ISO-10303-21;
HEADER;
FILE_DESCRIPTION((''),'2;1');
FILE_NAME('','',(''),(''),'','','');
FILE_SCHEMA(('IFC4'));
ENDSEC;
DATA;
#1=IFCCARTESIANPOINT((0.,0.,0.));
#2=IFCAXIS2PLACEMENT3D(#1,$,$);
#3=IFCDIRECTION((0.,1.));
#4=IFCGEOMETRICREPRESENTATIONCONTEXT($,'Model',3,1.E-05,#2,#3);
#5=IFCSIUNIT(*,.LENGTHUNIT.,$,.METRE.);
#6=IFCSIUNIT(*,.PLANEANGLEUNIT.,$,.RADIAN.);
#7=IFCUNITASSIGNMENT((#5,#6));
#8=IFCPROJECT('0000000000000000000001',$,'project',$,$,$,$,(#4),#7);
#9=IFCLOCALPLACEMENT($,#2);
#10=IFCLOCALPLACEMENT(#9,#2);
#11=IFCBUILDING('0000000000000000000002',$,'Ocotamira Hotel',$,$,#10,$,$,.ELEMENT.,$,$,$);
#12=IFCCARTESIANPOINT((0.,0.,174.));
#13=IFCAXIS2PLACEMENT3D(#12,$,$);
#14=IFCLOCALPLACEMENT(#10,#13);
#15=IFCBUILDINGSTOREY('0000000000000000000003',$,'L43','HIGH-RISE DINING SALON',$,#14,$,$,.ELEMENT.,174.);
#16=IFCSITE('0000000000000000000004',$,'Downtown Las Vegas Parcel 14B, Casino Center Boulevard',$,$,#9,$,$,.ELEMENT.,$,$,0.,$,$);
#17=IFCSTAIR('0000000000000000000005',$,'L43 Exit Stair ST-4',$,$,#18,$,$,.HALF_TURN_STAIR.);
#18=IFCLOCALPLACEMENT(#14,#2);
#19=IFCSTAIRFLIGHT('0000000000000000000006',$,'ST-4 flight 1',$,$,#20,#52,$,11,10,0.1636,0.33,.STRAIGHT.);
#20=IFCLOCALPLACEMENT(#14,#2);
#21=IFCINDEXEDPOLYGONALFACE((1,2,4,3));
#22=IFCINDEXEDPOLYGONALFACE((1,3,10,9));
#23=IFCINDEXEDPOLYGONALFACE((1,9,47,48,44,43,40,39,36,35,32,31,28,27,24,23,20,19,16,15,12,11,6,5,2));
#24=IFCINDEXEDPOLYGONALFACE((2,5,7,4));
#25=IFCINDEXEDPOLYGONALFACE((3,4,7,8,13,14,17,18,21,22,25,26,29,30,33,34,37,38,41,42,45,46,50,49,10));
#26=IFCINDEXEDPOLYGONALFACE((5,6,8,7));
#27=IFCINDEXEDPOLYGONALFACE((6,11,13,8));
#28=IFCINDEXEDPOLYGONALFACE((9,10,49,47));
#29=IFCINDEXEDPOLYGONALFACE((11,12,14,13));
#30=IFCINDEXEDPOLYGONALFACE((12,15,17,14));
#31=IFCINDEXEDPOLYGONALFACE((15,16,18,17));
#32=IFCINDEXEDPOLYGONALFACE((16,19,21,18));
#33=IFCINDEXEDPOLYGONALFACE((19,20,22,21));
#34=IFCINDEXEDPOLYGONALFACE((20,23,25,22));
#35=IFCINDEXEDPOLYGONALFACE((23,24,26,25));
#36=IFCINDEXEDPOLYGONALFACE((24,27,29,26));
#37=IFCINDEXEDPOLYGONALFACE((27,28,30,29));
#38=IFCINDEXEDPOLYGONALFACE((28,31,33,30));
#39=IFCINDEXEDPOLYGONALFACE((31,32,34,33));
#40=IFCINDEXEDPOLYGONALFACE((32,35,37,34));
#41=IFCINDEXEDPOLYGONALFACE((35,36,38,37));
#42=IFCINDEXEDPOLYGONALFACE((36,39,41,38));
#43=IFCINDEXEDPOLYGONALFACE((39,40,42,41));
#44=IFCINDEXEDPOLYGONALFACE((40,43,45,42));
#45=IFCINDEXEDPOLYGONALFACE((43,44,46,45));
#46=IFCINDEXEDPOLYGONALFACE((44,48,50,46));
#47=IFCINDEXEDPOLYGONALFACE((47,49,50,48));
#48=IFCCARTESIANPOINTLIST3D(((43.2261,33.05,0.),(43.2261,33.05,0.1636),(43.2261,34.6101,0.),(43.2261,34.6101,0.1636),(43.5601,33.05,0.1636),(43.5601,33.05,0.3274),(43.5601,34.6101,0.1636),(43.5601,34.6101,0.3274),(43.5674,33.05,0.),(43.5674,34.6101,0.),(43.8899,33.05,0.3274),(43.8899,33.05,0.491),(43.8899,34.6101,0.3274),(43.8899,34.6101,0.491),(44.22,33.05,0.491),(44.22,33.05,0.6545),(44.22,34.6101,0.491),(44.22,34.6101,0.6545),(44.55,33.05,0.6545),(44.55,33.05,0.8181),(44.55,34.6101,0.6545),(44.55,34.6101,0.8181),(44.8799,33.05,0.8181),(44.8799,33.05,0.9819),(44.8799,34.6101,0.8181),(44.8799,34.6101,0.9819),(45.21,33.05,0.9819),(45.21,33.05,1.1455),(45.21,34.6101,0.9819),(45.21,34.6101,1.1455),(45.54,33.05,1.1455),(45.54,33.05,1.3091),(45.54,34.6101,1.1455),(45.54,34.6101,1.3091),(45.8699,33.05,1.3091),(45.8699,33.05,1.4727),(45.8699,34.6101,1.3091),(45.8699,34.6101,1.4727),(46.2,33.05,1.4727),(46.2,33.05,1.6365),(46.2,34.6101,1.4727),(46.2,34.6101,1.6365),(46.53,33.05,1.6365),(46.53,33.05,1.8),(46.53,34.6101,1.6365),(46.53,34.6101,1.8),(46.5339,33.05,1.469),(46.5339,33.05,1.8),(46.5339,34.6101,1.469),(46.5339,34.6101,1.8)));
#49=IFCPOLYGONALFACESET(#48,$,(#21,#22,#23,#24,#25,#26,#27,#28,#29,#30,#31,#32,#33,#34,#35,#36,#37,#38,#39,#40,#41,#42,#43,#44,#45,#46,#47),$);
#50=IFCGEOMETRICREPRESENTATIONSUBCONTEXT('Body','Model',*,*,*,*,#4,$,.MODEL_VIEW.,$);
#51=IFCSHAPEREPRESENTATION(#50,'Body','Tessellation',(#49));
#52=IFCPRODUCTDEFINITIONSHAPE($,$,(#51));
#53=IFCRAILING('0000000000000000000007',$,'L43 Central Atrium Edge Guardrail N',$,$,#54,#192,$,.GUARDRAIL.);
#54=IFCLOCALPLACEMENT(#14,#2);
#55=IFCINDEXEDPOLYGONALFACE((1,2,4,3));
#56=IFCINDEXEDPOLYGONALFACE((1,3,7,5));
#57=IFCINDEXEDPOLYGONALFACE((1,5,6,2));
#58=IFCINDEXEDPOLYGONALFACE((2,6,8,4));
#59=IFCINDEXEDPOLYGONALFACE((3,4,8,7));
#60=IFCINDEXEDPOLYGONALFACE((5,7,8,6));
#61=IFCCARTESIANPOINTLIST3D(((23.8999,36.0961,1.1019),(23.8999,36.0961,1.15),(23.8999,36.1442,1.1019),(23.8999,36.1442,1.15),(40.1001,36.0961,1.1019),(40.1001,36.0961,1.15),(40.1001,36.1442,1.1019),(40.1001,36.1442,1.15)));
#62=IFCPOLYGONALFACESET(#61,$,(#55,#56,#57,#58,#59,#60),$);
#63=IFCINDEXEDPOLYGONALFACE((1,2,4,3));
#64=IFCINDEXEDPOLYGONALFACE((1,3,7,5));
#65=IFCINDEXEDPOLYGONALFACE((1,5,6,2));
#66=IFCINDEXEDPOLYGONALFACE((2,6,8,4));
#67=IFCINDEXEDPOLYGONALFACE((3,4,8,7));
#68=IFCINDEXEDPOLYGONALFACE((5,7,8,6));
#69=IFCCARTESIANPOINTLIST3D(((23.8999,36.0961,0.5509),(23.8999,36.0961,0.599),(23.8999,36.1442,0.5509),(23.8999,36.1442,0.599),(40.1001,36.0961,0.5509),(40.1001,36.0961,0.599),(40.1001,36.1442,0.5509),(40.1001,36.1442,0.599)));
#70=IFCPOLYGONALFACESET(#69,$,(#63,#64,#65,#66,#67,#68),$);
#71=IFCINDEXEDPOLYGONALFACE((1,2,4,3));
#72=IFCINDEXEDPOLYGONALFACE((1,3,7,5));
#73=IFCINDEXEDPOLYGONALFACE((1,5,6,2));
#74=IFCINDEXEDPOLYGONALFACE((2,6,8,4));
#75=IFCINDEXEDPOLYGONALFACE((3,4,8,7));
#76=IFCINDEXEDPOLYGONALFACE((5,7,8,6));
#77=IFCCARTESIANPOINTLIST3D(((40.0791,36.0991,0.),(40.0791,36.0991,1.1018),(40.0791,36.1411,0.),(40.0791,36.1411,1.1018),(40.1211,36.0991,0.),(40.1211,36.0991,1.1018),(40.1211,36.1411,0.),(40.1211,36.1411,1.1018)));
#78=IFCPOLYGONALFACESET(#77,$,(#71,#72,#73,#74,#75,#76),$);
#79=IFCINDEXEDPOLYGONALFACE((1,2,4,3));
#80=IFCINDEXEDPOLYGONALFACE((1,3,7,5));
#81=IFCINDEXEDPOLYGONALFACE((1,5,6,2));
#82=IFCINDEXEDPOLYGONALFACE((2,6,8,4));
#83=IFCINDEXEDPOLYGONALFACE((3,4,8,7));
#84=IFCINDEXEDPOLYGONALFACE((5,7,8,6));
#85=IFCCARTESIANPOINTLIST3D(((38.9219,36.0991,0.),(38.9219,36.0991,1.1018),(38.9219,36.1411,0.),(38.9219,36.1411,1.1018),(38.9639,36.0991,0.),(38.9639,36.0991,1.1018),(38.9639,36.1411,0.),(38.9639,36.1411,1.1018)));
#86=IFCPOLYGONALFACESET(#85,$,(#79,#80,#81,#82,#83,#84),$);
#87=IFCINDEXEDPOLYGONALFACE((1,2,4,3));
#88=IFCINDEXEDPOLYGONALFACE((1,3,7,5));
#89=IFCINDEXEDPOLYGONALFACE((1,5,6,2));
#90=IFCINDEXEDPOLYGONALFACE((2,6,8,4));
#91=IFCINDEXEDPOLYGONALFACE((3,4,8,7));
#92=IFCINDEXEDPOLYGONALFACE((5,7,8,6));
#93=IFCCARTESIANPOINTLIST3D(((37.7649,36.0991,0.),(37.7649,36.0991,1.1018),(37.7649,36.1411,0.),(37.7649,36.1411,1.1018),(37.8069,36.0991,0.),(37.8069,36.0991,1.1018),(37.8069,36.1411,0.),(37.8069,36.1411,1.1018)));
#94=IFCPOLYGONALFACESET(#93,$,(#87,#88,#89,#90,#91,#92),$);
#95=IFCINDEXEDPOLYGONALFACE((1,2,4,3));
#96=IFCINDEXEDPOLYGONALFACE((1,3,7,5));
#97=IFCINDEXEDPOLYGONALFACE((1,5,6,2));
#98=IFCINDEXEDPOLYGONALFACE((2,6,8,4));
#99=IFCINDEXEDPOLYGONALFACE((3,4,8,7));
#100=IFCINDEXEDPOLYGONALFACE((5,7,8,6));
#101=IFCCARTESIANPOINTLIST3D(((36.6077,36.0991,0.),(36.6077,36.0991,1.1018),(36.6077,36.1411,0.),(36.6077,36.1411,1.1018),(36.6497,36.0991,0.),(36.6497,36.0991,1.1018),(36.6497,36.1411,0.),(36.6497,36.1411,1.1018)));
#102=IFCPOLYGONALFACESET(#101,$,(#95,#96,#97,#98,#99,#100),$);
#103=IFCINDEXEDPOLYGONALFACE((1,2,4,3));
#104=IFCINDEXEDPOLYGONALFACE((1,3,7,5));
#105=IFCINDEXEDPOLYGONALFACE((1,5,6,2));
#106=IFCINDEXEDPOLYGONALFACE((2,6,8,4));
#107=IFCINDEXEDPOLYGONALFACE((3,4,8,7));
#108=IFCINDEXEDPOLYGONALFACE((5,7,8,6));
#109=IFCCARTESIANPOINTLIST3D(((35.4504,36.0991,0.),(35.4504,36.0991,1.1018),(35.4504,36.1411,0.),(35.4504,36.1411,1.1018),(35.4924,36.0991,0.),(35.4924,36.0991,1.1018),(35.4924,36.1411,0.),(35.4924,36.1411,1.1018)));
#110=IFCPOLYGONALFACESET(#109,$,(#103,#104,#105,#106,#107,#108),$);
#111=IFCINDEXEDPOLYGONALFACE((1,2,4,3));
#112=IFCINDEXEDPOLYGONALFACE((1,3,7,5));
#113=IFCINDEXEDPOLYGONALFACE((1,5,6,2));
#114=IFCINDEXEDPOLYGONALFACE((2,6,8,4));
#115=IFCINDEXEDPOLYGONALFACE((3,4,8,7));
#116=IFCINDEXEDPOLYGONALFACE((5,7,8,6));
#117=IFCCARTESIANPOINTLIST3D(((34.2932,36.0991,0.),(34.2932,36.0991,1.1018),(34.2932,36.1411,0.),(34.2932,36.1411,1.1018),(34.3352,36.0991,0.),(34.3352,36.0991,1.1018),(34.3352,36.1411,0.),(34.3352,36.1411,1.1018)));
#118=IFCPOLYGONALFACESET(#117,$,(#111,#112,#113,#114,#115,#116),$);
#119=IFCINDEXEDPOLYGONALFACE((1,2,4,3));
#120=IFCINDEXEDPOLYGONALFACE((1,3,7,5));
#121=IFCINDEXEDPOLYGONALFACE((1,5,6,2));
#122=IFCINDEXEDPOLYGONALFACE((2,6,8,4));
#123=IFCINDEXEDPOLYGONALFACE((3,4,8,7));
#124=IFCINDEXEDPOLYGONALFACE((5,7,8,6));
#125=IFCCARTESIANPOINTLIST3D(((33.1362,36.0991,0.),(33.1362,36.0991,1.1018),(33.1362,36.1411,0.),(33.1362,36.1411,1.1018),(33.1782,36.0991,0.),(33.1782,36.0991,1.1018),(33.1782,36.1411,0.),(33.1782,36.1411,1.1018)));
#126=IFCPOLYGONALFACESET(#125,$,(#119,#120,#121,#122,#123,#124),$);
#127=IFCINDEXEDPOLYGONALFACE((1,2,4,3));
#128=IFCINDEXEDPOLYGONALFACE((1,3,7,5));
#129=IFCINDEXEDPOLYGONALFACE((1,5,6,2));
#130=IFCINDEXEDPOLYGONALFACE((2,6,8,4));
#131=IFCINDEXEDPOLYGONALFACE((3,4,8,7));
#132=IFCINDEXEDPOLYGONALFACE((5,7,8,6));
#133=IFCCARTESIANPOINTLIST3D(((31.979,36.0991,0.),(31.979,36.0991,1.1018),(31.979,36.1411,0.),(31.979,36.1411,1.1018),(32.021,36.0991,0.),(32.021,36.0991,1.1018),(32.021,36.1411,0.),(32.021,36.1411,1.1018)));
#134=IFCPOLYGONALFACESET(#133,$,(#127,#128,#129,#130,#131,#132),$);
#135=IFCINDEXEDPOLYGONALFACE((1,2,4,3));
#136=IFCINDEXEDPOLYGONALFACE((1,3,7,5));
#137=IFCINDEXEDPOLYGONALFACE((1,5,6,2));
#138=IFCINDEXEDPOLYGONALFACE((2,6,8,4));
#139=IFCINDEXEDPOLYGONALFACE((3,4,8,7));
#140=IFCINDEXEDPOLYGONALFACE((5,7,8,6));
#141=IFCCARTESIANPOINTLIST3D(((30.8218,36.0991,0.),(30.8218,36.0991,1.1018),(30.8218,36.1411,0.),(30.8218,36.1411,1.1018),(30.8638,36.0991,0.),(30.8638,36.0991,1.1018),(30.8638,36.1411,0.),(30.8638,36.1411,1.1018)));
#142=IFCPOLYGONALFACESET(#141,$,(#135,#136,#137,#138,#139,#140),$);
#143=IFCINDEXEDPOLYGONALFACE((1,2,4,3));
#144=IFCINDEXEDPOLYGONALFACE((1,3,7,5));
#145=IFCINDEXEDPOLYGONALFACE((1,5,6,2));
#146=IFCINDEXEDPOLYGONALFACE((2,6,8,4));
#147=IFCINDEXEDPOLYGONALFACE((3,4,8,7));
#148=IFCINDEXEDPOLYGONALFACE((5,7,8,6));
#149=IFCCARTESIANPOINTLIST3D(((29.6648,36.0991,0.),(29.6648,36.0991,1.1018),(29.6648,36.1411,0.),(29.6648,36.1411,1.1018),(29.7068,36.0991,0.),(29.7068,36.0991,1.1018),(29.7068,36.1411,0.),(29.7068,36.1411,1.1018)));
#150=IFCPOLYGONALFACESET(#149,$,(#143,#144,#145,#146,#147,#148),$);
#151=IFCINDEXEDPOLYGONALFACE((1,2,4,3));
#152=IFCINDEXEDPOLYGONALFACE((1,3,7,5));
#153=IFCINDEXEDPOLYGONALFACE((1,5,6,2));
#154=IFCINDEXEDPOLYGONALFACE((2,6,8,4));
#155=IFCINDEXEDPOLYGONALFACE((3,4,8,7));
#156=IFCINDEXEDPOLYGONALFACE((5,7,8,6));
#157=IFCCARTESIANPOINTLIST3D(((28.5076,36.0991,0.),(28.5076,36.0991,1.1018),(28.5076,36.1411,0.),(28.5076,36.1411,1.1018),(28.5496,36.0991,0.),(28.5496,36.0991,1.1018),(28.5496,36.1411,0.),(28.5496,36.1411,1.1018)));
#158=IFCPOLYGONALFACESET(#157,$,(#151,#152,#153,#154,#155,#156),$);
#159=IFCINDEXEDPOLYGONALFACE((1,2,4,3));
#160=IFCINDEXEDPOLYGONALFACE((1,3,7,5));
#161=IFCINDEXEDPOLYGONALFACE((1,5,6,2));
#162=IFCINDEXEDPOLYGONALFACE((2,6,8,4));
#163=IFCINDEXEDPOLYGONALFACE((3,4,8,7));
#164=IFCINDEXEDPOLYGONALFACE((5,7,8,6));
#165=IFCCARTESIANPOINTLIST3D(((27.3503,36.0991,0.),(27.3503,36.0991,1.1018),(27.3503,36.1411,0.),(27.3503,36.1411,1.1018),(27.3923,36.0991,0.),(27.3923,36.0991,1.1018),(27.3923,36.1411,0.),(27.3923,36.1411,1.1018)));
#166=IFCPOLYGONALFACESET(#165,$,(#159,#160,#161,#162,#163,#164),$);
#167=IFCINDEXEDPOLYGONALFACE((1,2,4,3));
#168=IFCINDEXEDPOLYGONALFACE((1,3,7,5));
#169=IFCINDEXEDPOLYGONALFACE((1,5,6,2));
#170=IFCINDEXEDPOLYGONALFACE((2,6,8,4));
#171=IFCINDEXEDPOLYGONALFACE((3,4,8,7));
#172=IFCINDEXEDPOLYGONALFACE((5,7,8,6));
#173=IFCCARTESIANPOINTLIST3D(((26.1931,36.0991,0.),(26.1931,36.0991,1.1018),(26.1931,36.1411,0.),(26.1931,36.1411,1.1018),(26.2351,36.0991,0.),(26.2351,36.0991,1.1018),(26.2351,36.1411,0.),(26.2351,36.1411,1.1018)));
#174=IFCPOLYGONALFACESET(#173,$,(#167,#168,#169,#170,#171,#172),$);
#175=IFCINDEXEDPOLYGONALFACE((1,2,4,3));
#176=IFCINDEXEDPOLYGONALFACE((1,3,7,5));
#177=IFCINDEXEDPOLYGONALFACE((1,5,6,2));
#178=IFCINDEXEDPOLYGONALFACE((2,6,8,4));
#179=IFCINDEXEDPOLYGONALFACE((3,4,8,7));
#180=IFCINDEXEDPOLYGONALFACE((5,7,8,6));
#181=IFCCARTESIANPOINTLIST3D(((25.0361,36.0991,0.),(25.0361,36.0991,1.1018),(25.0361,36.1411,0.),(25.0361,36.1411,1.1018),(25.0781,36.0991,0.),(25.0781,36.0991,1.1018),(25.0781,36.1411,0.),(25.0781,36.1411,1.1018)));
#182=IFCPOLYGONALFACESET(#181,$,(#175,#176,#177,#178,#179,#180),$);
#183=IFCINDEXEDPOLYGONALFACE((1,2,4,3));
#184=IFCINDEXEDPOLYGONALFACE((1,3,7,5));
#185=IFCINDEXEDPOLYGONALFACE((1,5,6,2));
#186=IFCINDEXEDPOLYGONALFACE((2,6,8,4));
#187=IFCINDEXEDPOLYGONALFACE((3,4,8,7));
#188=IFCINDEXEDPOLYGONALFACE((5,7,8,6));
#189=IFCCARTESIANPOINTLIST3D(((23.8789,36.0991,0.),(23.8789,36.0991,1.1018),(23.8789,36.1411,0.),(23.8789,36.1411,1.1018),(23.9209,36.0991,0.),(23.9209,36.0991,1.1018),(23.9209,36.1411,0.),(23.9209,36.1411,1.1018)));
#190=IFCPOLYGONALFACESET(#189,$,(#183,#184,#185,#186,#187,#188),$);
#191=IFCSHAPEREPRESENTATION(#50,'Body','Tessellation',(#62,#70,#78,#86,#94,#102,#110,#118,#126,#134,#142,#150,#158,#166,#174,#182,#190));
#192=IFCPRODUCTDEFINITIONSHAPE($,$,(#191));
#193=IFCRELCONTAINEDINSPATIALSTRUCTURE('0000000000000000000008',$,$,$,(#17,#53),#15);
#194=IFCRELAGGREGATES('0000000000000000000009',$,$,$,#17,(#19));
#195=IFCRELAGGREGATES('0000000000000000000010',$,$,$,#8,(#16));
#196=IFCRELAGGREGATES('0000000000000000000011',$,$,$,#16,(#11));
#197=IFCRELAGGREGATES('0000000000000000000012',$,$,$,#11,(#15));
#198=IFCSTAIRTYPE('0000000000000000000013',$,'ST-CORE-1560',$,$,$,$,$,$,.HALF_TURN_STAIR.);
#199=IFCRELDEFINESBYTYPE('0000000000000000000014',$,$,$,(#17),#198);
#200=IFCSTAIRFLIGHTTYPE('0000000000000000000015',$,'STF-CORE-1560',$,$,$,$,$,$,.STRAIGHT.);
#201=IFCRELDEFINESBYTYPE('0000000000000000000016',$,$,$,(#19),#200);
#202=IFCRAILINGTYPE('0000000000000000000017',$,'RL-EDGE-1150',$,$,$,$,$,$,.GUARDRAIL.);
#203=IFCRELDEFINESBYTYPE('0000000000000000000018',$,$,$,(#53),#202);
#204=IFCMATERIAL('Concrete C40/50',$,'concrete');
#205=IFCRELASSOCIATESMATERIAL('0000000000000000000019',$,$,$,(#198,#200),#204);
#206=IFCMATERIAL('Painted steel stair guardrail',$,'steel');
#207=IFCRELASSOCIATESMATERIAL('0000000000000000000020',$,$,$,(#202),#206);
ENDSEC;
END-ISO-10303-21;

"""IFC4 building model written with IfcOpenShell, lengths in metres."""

from ifc_helpers import new_model, si_unit, direction, frame, origin, origin_2d, place, context, subcontext, project, spatial, polyline, rectangle, outline, extrude, source, transform, mapped, material, type_object, element, aggregate, save


model = new_model("IFC4")

# Units and contexts
model_context = context("Model", 3, precision=1e-05, world=origin(), true_north=direction((0.0, 1.0)))
body_context = subcontext(model_context, "Body", "Model", "MODEL_VIEW")
ifc_project = project(units=[si_unit("LENGTHUNIT", "METRE"), si_unit("PLANEANGLEUNIT", "RADIAN")], contexts=[model_context])

# Site, building, storey
site_placement = place(None, origin())
site = spatial("IfcSite", under=ifc_project, at=site_placement, Name="Downtown Las Vegas Parcel 14B, Casino Center Boulevard", CompositionType="ELEMENT", RefElevation=0.0)
building_placement = place(site_placement, origin())
building = spatial("IfcBuilding", under=site, at=building_placement, Name="Ocotamira Hotel", CompositionType="ELEMENT")
storey_placement = place(building_placement, frame((0.0, 0.0, 174.0)))
storey = spatial("IfcBuildingStorey", under=building, at=storey_placement, Name="L43", Description="HIGH-RISE DINING SALON", CompositionType="ELEMENT", Elevation=174.0)

# Stair, stair flight
ifc_material_1 = material(Name="Concrete C40/50", Category="concrete")
stair_type = type_object("IfcStairType", Name="ST-CORE-1560", PredefinedType="HALF_TURN_STAIR", material=ifc_material_1)
stair_placement = place(storey_placement, origin())
stair = element("IfcStair", 1, at=stair_placement, inside=storey, type_object=stair_type, Name="L43 Exit Stair ST-4", PredefinedType="HALF_TURN_STAIR")
stair_flight_type = type_object("IfcStairFlightType", Name="STF-CORE-1560", PredefinedType="STRAIGHT", material=ifc_material_1)
shared_shape_1 = source(origin(), body_context, "Body", "SweptSolid", [
    extrude(outline(polyline([(-0.0039, 0.0), (-0.0039, 0.1636), (0.3301, 0.1636), (0.3301, 0.3274), (0.6599, 0.3274), (0.6599, 0.491), (0.99, 0.491), (0.99, 0.6545), (1.3201, 0.6545), (1.3201, 0.8181), (1.6499, 0.8181), (1.6499, 0.9819), (1.98, 0.9819), (1.98, 1.1455), (2.3101, 1.1455), (2.3101, 1.3091), (2.6399, 1.3091), (2.6399, 1.4727), (2.97, 1.4727), (2.97, 1.6365), (3.3, 1.6365), (3.3, 1.8), (3.304, 1.8), (3.304, 1.469), (0.3374, 0.0), (-0.0039, 0.0)])), frame((0.0, 0.78, 0.0), z_axis=(0.0, -1.0, 0.0), x_axis=(1.0, 0.0, 0.0)), (0.0, 0.0, 1.0), 1.5601),
])
stair_flight_placement = place(storey_placement, frame((43.23, 33.8301, 0.0), z_axis=(0.0, 0.0, 1.0), x_axis=(1.0, 0.0, 0.0)))
stair_flight = element("IfcStairFlight", 2, at=stair_flight_placement, type_object=stair_flight_type, Name="ST-4 flight 1", NumberOfRisers=11, NumberOfTreads=10, PredefinedType="STRAIGHT", RiserHeight=0.1636, TreadLength=0.33, context=body_context, shape_type="MappedRepresentation", body=[
    mapped(shared_shape_1, transform((0.0, 0.0, 0.0), scale=1.0)),
])
aggregate(stair, [stair_flight])

# Railing
ifc_material_2 = material(Name="Painted steel stair guardrail", Category="steel")
railing_type_1 = type_object("IfcRailingType", Name="RL-EDGE-1150", PredefinedType="GUARDRAIL", material=ifc_material_2)
railing_1_placement = place(storey_placement, frame((40.1001, 36.1201, 0.0)))
element("IfcRailing", 3, at=railing_1_placement, inside=storey, type_object=railing_type_1, Name="L43 Central Atrium Edge Guardrail N", PredefinedType="GUARDRAIL", context=body_context, shape_type="SweptSolid", body=[
    extrude(rectangle(XDim=0.0481, YDim=0.0481, at=origin_2d()), frame((0.0, 0.0, 1.126), z_axis=(-1.0, 0.0, 0.0), x_axis=(0.0, -1.0, 0.0)), (0.0, 0.0, 1.0), 16.2002),
    extrude(rectangle(XDim=0.0481, YDim=0.0481, at=origin_2d()), frame((0.0, 0.0, 0.575), z_axis=(-1.0, 0.0, 0.0), x_axis=(0.0, -1.0, 0.0)), (0.0, 0.0, 1.0), 16.2002),
    extrude(rectangle(XDim=0.042, YDim=0.042, at=origin_2d()), origin(), (0.0, 0.0, 1.0), 1.1018),
    extrude(rectangle(XDim=0.042, YDim=0.042, at=origin_2d()), frame((-1.1572, 0.0, 0.0)), (0.0, 0.0, 1.0), 1.1018),
    extrude(rectangle(XDim=0.042, YDim=0.042, at=origin_2d()), frame((-2.3142, 0.0, 0.0)), (0.0, 0.0, 1.0), 1.1018),
    extrude(rectangle(XDim=0.042, YDim=0.042, at=origin_2d()), frame((-3.4714, 0.0, 0.0)), (0.0, 0.0, 1.0), 1.1018),
    extrude(rectangle(XDim=0.042, YDim=0.042, at=origin_2d()), frame((-4.6287, 0.0, 0.0)), (0.0, 0.0, 1.0), 1.1018),
    extrude(rectangle(XDim=0.042, YDim=0.042, at=origin_2d()), frame((-5.7859, 0.0, 0.0)), (0.0, 0.0, 1.0), 1.1018),
    extrude(rectangle(XDim=0.042, YDim=0.042, at=origin_2d()), frame((-6.9429, 0.0, 0.0)), (0.0, 0.0, 1.0), 1.1018),
    extrude(rectangle(XDim=0.042, YDim=0.042, at=origin_2d()), frame((-8.1001, 0.0, 0.0)), (0.0, 0.0, 1.0), 1.1018),
    extrude(rectangle(XDim=0.042, YDim=0.042, at=origin_2d()), frame((-9.2573, 0.0, 0.0)), (0.0, 0.0, 1.0), 1.1018),
    extrude(rectangle(XDim=0.042, YDim=0.042, at=origin_2d()), frame((-10.4143, 0.0, 0.0)), (0.0, 0.0, 1.0), 1.1018),
    extrude(rectangle(XDim=0.042, YDim=0.042, at=origin_2d()), frame((-11.5715, 0.0, 0.0)), (0.0, 0.0, 1.0), 1.1018),
    extrude(rectangle(XDim=0.042, YDim=0.042, at=origin_2d()), frame((-12.7288, 0.0, 0.0)), (0.0, 0.0, 1.0), 1.1018),
    extrude(rectangle(XDim=0.042, YDim=0.042, at=origin_2d()), frame((-13.886, 0.0, 0.0)), (0.0, 0.0, 1.0), 1.1018),
    extrude(rectangle(XDim=0.042, YDim=0.042, at=origin_2d()), frame((-15.043, 0.0, 0.0)), (0.0, 0.0, 1.0), 1.1018),
    extrude(rectangle(XDim=0.042, YDim=0.042, at=origin_2d()), frame((-16.2002, 0.0, 0.0)), (0.0, 0.0, 1.0), 1.1018),
])

save(model, "model.ifc")
